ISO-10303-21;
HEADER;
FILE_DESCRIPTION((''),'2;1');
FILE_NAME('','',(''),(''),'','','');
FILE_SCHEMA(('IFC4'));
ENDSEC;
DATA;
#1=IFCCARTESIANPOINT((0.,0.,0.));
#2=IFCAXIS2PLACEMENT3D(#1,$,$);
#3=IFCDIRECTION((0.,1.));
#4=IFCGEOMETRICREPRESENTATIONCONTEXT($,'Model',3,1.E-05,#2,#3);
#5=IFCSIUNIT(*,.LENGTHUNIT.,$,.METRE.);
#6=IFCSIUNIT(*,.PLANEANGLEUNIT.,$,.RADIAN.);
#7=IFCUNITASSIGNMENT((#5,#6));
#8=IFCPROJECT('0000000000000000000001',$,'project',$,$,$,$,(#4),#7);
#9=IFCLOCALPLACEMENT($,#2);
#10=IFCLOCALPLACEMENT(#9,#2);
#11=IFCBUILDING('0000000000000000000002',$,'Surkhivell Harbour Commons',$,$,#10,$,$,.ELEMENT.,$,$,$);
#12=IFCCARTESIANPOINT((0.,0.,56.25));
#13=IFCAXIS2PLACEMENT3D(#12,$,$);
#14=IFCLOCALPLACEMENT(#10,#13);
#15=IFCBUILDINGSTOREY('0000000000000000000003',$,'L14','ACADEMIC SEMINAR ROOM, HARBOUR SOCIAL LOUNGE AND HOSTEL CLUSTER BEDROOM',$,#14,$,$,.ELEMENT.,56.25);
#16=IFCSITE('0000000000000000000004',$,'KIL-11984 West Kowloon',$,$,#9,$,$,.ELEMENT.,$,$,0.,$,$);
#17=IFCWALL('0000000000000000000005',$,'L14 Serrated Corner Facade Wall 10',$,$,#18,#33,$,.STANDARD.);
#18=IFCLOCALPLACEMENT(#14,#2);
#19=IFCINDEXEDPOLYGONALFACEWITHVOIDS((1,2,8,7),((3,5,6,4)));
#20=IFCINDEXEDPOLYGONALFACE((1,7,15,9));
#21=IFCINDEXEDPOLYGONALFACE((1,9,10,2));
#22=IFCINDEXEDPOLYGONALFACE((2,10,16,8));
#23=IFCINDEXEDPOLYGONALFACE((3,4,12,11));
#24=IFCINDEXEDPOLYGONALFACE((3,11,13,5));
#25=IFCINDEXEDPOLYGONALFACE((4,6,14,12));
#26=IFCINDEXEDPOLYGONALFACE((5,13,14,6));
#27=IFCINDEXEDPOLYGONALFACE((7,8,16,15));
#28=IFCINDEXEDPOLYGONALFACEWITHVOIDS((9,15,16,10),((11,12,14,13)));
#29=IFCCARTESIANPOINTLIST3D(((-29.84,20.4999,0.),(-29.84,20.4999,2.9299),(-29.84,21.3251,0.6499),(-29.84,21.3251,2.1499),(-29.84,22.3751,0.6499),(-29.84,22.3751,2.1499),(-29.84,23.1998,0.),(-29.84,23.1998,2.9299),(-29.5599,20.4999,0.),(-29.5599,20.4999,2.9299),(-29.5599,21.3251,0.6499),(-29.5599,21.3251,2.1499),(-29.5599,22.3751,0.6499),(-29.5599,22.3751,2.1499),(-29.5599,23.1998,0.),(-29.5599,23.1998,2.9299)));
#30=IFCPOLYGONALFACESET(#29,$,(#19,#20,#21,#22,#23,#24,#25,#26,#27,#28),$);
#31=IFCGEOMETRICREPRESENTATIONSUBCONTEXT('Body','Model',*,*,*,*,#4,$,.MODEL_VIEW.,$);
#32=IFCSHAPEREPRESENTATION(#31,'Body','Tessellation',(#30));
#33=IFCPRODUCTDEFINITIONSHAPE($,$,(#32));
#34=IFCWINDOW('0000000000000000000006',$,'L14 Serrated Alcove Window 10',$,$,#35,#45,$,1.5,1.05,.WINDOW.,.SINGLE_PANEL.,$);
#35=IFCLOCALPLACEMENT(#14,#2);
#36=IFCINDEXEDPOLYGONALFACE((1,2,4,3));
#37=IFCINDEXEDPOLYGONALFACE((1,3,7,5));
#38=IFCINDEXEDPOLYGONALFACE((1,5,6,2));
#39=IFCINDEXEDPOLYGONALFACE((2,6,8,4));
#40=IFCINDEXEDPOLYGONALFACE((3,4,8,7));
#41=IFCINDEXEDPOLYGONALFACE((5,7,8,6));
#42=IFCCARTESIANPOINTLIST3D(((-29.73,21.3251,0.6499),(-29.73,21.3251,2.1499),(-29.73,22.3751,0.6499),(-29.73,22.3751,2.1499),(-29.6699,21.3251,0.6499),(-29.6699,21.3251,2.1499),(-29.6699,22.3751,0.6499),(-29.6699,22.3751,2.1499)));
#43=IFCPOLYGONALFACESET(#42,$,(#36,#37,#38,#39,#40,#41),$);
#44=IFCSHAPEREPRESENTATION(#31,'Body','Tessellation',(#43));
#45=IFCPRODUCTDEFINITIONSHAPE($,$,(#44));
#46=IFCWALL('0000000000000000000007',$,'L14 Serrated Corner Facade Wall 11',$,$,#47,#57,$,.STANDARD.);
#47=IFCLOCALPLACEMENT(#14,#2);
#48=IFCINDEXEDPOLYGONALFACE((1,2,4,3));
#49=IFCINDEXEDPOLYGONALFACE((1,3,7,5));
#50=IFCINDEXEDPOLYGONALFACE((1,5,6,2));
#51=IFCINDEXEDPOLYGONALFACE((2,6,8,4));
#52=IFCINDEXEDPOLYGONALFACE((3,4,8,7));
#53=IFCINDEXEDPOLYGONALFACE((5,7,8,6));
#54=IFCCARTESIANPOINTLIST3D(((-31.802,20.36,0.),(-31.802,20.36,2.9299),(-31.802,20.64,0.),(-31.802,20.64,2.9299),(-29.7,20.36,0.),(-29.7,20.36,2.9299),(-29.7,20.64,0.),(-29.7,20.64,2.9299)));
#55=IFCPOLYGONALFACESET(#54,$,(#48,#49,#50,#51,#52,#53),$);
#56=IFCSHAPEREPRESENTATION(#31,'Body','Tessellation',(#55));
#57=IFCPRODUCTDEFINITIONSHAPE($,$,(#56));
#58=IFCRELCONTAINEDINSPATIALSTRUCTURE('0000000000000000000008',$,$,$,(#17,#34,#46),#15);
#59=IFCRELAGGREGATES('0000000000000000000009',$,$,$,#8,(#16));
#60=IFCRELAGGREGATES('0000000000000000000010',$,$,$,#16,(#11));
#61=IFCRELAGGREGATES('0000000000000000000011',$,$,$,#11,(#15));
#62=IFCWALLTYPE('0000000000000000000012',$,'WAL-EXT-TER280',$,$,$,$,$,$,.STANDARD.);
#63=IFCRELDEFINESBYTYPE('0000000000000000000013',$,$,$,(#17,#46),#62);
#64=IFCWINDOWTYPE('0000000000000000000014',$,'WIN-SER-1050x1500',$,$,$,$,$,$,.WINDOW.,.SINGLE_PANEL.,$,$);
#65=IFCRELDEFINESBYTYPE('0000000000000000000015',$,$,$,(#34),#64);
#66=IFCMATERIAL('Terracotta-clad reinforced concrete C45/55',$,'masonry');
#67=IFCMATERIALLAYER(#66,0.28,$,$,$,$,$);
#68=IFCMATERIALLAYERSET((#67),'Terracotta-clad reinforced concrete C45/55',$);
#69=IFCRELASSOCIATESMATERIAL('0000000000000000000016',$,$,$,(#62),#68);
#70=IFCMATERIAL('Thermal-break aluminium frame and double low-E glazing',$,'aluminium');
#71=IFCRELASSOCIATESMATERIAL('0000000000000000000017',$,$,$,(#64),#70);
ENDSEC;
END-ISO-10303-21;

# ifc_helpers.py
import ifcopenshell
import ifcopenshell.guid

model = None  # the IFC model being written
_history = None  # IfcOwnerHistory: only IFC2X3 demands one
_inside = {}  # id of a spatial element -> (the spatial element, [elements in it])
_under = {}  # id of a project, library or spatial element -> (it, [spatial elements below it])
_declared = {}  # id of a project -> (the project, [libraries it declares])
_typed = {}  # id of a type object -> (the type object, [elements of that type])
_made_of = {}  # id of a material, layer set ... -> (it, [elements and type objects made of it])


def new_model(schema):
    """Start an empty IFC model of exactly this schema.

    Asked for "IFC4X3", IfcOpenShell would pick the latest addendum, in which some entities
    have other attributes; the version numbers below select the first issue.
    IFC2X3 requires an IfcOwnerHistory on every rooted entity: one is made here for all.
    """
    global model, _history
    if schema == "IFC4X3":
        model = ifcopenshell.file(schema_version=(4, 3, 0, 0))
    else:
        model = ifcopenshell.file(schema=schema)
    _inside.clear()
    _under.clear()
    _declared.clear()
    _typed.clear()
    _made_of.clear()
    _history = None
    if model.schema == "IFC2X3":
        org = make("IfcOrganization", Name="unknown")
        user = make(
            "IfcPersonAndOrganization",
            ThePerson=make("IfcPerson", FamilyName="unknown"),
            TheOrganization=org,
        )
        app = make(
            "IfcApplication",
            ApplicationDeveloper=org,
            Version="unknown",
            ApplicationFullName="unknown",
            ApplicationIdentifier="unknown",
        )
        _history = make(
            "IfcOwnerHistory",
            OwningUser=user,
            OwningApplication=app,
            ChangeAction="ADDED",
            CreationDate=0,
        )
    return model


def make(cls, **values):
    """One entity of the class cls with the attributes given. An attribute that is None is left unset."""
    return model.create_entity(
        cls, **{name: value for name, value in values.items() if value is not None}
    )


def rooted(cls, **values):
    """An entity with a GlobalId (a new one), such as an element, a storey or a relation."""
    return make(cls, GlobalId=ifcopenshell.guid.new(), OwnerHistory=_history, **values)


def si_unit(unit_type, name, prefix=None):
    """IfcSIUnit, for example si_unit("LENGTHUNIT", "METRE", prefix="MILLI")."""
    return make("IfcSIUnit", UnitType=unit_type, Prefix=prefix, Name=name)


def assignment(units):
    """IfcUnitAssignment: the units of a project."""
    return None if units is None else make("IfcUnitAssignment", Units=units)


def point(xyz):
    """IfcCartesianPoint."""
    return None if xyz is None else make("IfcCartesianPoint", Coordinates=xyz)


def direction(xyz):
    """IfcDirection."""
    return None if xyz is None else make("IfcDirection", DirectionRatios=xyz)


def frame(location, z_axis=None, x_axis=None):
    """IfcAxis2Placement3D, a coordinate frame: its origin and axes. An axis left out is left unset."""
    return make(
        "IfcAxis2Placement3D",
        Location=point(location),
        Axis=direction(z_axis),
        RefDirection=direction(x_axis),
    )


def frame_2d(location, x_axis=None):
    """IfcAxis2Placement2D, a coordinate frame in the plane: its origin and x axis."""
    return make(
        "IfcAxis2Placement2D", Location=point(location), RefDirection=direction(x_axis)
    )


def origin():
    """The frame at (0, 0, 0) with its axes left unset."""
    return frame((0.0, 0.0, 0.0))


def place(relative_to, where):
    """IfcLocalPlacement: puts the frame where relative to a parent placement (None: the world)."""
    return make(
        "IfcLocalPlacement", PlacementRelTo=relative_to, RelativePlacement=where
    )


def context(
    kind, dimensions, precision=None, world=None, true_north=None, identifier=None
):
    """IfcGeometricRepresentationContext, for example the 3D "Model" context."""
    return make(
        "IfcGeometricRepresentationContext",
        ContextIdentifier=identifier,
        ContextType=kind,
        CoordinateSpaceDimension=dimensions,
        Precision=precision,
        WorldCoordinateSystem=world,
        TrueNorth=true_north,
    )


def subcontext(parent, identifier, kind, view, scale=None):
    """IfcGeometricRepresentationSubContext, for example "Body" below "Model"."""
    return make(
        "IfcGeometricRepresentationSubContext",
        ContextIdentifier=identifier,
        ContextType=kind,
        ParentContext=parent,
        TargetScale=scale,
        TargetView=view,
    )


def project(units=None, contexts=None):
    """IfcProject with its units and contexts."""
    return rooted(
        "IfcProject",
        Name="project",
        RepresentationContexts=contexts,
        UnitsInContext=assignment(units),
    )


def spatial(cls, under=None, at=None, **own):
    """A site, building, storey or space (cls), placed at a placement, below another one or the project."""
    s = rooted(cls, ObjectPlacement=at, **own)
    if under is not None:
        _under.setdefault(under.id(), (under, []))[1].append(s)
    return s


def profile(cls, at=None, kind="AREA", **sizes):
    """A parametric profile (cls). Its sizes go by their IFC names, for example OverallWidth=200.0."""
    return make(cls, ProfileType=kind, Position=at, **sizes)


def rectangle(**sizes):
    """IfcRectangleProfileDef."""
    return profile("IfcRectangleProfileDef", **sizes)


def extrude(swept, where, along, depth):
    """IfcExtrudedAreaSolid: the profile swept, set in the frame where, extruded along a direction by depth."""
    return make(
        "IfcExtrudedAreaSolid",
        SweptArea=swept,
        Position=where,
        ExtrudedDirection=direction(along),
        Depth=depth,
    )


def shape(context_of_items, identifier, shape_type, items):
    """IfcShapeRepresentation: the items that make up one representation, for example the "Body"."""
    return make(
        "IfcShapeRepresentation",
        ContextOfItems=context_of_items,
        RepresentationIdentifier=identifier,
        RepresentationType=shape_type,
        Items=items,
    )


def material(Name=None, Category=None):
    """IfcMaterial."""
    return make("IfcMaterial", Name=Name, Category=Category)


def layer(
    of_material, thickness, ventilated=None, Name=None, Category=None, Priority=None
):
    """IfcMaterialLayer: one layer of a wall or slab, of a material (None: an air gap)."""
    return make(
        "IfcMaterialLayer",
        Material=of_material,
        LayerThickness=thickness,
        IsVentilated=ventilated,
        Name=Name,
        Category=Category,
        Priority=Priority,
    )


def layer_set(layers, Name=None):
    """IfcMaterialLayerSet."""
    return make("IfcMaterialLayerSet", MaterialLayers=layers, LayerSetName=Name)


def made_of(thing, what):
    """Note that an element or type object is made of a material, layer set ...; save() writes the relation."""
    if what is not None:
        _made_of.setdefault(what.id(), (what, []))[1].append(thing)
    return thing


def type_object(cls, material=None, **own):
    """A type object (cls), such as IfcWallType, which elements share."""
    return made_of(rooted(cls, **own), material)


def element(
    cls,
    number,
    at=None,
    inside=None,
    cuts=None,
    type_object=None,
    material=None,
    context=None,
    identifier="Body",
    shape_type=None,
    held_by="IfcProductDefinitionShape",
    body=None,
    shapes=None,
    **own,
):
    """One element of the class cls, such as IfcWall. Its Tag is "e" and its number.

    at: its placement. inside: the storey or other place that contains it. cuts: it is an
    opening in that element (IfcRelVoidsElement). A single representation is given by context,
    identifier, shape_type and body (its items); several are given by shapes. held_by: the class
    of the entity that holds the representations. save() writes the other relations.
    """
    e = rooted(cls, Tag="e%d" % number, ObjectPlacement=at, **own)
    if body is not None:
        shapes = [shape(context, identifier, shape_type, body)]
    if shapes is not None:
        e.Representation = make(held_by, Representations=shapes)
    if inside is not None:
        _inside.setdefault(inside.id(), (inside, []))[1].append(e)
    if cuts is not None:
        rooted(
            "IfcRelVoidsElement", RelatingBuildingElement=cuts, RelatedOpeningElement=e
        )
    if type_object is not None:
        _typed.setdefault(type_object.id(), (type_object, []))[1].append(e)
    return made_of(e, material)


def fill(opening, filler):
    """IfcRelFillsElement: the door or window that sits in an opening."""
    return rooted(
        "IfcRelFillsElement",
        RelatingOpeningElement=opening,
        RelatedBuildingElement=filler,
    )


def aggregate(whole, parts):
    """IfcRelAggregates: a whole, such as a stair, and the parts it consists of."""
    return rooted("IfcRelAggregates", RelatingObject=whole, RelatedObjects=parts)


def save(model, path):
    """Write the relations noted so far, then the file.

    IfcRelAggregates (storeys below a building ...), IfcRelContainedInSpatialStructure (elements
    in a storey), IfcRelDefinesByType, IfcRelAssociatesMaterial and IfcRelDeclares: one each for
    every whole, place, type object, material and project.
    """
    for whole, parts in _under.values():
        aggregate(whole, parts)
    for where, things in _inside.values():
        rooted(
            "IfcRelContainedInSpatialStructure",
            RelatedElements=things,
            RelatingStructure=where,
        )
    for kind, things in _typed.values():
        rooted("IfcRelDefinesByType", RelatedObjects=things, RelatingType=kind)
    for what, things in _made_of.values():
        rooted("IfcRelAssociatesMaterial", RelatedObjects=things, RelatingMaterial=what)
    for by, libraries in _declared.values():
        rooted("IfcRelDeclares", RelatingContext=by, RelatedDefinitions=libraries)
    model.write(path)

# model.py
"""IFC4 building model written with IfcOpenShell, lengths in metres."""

from ifc_helpers import new_model, si_unit, direction, frame, frame_2d, origin, place, context, subcontext, project, spatial, rectangle, extrude, material, layer, layer_set, type_object, element, fill, save


model = new_model("IFC4")

# Units and contexts
model_context = context("Model", 3, precision=1e-05, world=origin(), true_north=direction((0.0, 1.0)))
body_context = subcontext(model_context, "Body", "Model", "MODEL_VIEW")
ifc_project = project(units=[si_unit("LENGTHUNIT", "METRE"), si_unit("PLANEANGLEUNIT", "RADIAN")], contexts=[model_context])

# Site, building, storey
site_placement = place(None, origin())
site = spatial("IfcSite", under=ifc_project, at=site_placement, Name="KIL-11984 West Kowloon", CompositionType="ELEMENT", RefElevation=0.0)
building_placement = place(site_placement, origin())
building = spatial("IfcBuilding", under=site, at=building_placement, Name="Surkhivell Harbour Commons", CompositionType="ELEMENT")
storey_placement = place(building_placement, frame((0.0, 0.0, 56.25)))
storey = spatial("IfcBuildingStorey", under=building, at=storey_placement, Name="L14", Description="ACADEMIC SEMINAR ROOM, HARBOUR SOCIAL LOUNGE AND HOSTEL CLUSTER BEDROOM", CompositionType="ELEMENT", Elevation=56.25)

# Shared definitions
ifc_material_1 = material(Name="Terracotta-clad reinforced concrete C45/55", Category="masonry")
ifc_layer_1 = layer(ifc_material_1, 0.28)
ifc_layer_set_1 = layer_set([ifc_layer_1], Name="Terracotta-clad reinforced concrete C45/55")
wall_type = type_object("IfcWallType", Name="WAL-EXT-TER280", PredefinedType="STANDARD", material=ifc_layer_set_1)

# Wall, opening, window
wall_1_placement = place(storey_placement, frame((-29.7, 23.2, 0.0), z_axis=(0.0, 0.0, 1.0), x_axis=(0.0, -1.0, 0.0)))
wall_1 = element("IfcWall", 1, at=wall_1_placement, inside=storey, type_object=wall_type, Name="L14 Serrated Corner Facade Wall 10", PredefinedType="STANDARD", context=body_context, shape_type="SweptSolid", body=[
    extrude(rectangle(XDim=2.7, YDim=0.28, at=frame_2d((1.3501, 0.0))), origin(), (0.0, 0.0, 1.0), 2.9299),
])
opening_placement = place(wall_1_placement, frame((0.825, 0.0, 0.6499)))
opening = element("IfcOpeningElement", 2, at=opening_placement, cuts=wall_1, PredefinedType="OPENING", context=body_context, shape_type="SweptSolid", body=[
    extrude(rectangle(XDim=1.05, YDim=1.5, at=frame_2d((0.5249, 0.75))), frame((0.0, 0.1499, 0.0), z_axis=(0.0, -1.0, 0.0), x_axis=(1.0, 0.0, 0.0)), (0.0, 0.0, 1.0), 0.3),
])
ifc_material_2 = material(Name="Thermal-break aluminium frame and double low-E glazing", Category="aluminium")
window_type = type_object("IfcWindowType", Name="WIN-SER-1050x1500", PartitioningType="SINGLE_PANEL", PredefinedType="WINDOW", material=ifc_material_2)
window_placement = place(opening_placement, origin())
window = element("IfcWindow", 3, at=window_placement, inside=storey, type_object=window_type, Name="L14 Serrated Alcove Window 10", OverallHeight=1.5, OverallWidth=1.05, PartitioningType="SINGLE_PANEL", PredefinedType="WINDOW", context=body_context, shape_type="SweptSolid", body=[
    extrude(rectangle(XDim=1.05, YDim=1.5, at=frame_2d((0.5249, 0.75))), frame((0.0, 0.03, 0.0), z_axis=(0.0, -1.0, 0.0), x_axis=(1.0, 0.0, 0.0)), (0.0, 0.0, 1.0), 0.0601),
])
fill(opening, window)

# Wall
wall_2_placement = place(storey_placement, frame((-29.7, 20.5, 0.0), z_axis=(0.0, 0.0, 1.0), x_axis=(-1.0, 0.0, 0.0)))
element("IfcWall", 4, at=wall_2_placement, inside=storey, type_object=wall_type, Name="L14 Serrated Corner Facade Wall 11", PredefinedType="STANDARD", context=body_context, shape_type="SweptSolid", body=[
    extrude(rectangle(XDim=2.1021, YDim=0.28, at=frame_2d((1.051, 0.0))), origin(), (0.0, 0.0, 1.0), 2.9299),
])

save(model, "model.ifc")
